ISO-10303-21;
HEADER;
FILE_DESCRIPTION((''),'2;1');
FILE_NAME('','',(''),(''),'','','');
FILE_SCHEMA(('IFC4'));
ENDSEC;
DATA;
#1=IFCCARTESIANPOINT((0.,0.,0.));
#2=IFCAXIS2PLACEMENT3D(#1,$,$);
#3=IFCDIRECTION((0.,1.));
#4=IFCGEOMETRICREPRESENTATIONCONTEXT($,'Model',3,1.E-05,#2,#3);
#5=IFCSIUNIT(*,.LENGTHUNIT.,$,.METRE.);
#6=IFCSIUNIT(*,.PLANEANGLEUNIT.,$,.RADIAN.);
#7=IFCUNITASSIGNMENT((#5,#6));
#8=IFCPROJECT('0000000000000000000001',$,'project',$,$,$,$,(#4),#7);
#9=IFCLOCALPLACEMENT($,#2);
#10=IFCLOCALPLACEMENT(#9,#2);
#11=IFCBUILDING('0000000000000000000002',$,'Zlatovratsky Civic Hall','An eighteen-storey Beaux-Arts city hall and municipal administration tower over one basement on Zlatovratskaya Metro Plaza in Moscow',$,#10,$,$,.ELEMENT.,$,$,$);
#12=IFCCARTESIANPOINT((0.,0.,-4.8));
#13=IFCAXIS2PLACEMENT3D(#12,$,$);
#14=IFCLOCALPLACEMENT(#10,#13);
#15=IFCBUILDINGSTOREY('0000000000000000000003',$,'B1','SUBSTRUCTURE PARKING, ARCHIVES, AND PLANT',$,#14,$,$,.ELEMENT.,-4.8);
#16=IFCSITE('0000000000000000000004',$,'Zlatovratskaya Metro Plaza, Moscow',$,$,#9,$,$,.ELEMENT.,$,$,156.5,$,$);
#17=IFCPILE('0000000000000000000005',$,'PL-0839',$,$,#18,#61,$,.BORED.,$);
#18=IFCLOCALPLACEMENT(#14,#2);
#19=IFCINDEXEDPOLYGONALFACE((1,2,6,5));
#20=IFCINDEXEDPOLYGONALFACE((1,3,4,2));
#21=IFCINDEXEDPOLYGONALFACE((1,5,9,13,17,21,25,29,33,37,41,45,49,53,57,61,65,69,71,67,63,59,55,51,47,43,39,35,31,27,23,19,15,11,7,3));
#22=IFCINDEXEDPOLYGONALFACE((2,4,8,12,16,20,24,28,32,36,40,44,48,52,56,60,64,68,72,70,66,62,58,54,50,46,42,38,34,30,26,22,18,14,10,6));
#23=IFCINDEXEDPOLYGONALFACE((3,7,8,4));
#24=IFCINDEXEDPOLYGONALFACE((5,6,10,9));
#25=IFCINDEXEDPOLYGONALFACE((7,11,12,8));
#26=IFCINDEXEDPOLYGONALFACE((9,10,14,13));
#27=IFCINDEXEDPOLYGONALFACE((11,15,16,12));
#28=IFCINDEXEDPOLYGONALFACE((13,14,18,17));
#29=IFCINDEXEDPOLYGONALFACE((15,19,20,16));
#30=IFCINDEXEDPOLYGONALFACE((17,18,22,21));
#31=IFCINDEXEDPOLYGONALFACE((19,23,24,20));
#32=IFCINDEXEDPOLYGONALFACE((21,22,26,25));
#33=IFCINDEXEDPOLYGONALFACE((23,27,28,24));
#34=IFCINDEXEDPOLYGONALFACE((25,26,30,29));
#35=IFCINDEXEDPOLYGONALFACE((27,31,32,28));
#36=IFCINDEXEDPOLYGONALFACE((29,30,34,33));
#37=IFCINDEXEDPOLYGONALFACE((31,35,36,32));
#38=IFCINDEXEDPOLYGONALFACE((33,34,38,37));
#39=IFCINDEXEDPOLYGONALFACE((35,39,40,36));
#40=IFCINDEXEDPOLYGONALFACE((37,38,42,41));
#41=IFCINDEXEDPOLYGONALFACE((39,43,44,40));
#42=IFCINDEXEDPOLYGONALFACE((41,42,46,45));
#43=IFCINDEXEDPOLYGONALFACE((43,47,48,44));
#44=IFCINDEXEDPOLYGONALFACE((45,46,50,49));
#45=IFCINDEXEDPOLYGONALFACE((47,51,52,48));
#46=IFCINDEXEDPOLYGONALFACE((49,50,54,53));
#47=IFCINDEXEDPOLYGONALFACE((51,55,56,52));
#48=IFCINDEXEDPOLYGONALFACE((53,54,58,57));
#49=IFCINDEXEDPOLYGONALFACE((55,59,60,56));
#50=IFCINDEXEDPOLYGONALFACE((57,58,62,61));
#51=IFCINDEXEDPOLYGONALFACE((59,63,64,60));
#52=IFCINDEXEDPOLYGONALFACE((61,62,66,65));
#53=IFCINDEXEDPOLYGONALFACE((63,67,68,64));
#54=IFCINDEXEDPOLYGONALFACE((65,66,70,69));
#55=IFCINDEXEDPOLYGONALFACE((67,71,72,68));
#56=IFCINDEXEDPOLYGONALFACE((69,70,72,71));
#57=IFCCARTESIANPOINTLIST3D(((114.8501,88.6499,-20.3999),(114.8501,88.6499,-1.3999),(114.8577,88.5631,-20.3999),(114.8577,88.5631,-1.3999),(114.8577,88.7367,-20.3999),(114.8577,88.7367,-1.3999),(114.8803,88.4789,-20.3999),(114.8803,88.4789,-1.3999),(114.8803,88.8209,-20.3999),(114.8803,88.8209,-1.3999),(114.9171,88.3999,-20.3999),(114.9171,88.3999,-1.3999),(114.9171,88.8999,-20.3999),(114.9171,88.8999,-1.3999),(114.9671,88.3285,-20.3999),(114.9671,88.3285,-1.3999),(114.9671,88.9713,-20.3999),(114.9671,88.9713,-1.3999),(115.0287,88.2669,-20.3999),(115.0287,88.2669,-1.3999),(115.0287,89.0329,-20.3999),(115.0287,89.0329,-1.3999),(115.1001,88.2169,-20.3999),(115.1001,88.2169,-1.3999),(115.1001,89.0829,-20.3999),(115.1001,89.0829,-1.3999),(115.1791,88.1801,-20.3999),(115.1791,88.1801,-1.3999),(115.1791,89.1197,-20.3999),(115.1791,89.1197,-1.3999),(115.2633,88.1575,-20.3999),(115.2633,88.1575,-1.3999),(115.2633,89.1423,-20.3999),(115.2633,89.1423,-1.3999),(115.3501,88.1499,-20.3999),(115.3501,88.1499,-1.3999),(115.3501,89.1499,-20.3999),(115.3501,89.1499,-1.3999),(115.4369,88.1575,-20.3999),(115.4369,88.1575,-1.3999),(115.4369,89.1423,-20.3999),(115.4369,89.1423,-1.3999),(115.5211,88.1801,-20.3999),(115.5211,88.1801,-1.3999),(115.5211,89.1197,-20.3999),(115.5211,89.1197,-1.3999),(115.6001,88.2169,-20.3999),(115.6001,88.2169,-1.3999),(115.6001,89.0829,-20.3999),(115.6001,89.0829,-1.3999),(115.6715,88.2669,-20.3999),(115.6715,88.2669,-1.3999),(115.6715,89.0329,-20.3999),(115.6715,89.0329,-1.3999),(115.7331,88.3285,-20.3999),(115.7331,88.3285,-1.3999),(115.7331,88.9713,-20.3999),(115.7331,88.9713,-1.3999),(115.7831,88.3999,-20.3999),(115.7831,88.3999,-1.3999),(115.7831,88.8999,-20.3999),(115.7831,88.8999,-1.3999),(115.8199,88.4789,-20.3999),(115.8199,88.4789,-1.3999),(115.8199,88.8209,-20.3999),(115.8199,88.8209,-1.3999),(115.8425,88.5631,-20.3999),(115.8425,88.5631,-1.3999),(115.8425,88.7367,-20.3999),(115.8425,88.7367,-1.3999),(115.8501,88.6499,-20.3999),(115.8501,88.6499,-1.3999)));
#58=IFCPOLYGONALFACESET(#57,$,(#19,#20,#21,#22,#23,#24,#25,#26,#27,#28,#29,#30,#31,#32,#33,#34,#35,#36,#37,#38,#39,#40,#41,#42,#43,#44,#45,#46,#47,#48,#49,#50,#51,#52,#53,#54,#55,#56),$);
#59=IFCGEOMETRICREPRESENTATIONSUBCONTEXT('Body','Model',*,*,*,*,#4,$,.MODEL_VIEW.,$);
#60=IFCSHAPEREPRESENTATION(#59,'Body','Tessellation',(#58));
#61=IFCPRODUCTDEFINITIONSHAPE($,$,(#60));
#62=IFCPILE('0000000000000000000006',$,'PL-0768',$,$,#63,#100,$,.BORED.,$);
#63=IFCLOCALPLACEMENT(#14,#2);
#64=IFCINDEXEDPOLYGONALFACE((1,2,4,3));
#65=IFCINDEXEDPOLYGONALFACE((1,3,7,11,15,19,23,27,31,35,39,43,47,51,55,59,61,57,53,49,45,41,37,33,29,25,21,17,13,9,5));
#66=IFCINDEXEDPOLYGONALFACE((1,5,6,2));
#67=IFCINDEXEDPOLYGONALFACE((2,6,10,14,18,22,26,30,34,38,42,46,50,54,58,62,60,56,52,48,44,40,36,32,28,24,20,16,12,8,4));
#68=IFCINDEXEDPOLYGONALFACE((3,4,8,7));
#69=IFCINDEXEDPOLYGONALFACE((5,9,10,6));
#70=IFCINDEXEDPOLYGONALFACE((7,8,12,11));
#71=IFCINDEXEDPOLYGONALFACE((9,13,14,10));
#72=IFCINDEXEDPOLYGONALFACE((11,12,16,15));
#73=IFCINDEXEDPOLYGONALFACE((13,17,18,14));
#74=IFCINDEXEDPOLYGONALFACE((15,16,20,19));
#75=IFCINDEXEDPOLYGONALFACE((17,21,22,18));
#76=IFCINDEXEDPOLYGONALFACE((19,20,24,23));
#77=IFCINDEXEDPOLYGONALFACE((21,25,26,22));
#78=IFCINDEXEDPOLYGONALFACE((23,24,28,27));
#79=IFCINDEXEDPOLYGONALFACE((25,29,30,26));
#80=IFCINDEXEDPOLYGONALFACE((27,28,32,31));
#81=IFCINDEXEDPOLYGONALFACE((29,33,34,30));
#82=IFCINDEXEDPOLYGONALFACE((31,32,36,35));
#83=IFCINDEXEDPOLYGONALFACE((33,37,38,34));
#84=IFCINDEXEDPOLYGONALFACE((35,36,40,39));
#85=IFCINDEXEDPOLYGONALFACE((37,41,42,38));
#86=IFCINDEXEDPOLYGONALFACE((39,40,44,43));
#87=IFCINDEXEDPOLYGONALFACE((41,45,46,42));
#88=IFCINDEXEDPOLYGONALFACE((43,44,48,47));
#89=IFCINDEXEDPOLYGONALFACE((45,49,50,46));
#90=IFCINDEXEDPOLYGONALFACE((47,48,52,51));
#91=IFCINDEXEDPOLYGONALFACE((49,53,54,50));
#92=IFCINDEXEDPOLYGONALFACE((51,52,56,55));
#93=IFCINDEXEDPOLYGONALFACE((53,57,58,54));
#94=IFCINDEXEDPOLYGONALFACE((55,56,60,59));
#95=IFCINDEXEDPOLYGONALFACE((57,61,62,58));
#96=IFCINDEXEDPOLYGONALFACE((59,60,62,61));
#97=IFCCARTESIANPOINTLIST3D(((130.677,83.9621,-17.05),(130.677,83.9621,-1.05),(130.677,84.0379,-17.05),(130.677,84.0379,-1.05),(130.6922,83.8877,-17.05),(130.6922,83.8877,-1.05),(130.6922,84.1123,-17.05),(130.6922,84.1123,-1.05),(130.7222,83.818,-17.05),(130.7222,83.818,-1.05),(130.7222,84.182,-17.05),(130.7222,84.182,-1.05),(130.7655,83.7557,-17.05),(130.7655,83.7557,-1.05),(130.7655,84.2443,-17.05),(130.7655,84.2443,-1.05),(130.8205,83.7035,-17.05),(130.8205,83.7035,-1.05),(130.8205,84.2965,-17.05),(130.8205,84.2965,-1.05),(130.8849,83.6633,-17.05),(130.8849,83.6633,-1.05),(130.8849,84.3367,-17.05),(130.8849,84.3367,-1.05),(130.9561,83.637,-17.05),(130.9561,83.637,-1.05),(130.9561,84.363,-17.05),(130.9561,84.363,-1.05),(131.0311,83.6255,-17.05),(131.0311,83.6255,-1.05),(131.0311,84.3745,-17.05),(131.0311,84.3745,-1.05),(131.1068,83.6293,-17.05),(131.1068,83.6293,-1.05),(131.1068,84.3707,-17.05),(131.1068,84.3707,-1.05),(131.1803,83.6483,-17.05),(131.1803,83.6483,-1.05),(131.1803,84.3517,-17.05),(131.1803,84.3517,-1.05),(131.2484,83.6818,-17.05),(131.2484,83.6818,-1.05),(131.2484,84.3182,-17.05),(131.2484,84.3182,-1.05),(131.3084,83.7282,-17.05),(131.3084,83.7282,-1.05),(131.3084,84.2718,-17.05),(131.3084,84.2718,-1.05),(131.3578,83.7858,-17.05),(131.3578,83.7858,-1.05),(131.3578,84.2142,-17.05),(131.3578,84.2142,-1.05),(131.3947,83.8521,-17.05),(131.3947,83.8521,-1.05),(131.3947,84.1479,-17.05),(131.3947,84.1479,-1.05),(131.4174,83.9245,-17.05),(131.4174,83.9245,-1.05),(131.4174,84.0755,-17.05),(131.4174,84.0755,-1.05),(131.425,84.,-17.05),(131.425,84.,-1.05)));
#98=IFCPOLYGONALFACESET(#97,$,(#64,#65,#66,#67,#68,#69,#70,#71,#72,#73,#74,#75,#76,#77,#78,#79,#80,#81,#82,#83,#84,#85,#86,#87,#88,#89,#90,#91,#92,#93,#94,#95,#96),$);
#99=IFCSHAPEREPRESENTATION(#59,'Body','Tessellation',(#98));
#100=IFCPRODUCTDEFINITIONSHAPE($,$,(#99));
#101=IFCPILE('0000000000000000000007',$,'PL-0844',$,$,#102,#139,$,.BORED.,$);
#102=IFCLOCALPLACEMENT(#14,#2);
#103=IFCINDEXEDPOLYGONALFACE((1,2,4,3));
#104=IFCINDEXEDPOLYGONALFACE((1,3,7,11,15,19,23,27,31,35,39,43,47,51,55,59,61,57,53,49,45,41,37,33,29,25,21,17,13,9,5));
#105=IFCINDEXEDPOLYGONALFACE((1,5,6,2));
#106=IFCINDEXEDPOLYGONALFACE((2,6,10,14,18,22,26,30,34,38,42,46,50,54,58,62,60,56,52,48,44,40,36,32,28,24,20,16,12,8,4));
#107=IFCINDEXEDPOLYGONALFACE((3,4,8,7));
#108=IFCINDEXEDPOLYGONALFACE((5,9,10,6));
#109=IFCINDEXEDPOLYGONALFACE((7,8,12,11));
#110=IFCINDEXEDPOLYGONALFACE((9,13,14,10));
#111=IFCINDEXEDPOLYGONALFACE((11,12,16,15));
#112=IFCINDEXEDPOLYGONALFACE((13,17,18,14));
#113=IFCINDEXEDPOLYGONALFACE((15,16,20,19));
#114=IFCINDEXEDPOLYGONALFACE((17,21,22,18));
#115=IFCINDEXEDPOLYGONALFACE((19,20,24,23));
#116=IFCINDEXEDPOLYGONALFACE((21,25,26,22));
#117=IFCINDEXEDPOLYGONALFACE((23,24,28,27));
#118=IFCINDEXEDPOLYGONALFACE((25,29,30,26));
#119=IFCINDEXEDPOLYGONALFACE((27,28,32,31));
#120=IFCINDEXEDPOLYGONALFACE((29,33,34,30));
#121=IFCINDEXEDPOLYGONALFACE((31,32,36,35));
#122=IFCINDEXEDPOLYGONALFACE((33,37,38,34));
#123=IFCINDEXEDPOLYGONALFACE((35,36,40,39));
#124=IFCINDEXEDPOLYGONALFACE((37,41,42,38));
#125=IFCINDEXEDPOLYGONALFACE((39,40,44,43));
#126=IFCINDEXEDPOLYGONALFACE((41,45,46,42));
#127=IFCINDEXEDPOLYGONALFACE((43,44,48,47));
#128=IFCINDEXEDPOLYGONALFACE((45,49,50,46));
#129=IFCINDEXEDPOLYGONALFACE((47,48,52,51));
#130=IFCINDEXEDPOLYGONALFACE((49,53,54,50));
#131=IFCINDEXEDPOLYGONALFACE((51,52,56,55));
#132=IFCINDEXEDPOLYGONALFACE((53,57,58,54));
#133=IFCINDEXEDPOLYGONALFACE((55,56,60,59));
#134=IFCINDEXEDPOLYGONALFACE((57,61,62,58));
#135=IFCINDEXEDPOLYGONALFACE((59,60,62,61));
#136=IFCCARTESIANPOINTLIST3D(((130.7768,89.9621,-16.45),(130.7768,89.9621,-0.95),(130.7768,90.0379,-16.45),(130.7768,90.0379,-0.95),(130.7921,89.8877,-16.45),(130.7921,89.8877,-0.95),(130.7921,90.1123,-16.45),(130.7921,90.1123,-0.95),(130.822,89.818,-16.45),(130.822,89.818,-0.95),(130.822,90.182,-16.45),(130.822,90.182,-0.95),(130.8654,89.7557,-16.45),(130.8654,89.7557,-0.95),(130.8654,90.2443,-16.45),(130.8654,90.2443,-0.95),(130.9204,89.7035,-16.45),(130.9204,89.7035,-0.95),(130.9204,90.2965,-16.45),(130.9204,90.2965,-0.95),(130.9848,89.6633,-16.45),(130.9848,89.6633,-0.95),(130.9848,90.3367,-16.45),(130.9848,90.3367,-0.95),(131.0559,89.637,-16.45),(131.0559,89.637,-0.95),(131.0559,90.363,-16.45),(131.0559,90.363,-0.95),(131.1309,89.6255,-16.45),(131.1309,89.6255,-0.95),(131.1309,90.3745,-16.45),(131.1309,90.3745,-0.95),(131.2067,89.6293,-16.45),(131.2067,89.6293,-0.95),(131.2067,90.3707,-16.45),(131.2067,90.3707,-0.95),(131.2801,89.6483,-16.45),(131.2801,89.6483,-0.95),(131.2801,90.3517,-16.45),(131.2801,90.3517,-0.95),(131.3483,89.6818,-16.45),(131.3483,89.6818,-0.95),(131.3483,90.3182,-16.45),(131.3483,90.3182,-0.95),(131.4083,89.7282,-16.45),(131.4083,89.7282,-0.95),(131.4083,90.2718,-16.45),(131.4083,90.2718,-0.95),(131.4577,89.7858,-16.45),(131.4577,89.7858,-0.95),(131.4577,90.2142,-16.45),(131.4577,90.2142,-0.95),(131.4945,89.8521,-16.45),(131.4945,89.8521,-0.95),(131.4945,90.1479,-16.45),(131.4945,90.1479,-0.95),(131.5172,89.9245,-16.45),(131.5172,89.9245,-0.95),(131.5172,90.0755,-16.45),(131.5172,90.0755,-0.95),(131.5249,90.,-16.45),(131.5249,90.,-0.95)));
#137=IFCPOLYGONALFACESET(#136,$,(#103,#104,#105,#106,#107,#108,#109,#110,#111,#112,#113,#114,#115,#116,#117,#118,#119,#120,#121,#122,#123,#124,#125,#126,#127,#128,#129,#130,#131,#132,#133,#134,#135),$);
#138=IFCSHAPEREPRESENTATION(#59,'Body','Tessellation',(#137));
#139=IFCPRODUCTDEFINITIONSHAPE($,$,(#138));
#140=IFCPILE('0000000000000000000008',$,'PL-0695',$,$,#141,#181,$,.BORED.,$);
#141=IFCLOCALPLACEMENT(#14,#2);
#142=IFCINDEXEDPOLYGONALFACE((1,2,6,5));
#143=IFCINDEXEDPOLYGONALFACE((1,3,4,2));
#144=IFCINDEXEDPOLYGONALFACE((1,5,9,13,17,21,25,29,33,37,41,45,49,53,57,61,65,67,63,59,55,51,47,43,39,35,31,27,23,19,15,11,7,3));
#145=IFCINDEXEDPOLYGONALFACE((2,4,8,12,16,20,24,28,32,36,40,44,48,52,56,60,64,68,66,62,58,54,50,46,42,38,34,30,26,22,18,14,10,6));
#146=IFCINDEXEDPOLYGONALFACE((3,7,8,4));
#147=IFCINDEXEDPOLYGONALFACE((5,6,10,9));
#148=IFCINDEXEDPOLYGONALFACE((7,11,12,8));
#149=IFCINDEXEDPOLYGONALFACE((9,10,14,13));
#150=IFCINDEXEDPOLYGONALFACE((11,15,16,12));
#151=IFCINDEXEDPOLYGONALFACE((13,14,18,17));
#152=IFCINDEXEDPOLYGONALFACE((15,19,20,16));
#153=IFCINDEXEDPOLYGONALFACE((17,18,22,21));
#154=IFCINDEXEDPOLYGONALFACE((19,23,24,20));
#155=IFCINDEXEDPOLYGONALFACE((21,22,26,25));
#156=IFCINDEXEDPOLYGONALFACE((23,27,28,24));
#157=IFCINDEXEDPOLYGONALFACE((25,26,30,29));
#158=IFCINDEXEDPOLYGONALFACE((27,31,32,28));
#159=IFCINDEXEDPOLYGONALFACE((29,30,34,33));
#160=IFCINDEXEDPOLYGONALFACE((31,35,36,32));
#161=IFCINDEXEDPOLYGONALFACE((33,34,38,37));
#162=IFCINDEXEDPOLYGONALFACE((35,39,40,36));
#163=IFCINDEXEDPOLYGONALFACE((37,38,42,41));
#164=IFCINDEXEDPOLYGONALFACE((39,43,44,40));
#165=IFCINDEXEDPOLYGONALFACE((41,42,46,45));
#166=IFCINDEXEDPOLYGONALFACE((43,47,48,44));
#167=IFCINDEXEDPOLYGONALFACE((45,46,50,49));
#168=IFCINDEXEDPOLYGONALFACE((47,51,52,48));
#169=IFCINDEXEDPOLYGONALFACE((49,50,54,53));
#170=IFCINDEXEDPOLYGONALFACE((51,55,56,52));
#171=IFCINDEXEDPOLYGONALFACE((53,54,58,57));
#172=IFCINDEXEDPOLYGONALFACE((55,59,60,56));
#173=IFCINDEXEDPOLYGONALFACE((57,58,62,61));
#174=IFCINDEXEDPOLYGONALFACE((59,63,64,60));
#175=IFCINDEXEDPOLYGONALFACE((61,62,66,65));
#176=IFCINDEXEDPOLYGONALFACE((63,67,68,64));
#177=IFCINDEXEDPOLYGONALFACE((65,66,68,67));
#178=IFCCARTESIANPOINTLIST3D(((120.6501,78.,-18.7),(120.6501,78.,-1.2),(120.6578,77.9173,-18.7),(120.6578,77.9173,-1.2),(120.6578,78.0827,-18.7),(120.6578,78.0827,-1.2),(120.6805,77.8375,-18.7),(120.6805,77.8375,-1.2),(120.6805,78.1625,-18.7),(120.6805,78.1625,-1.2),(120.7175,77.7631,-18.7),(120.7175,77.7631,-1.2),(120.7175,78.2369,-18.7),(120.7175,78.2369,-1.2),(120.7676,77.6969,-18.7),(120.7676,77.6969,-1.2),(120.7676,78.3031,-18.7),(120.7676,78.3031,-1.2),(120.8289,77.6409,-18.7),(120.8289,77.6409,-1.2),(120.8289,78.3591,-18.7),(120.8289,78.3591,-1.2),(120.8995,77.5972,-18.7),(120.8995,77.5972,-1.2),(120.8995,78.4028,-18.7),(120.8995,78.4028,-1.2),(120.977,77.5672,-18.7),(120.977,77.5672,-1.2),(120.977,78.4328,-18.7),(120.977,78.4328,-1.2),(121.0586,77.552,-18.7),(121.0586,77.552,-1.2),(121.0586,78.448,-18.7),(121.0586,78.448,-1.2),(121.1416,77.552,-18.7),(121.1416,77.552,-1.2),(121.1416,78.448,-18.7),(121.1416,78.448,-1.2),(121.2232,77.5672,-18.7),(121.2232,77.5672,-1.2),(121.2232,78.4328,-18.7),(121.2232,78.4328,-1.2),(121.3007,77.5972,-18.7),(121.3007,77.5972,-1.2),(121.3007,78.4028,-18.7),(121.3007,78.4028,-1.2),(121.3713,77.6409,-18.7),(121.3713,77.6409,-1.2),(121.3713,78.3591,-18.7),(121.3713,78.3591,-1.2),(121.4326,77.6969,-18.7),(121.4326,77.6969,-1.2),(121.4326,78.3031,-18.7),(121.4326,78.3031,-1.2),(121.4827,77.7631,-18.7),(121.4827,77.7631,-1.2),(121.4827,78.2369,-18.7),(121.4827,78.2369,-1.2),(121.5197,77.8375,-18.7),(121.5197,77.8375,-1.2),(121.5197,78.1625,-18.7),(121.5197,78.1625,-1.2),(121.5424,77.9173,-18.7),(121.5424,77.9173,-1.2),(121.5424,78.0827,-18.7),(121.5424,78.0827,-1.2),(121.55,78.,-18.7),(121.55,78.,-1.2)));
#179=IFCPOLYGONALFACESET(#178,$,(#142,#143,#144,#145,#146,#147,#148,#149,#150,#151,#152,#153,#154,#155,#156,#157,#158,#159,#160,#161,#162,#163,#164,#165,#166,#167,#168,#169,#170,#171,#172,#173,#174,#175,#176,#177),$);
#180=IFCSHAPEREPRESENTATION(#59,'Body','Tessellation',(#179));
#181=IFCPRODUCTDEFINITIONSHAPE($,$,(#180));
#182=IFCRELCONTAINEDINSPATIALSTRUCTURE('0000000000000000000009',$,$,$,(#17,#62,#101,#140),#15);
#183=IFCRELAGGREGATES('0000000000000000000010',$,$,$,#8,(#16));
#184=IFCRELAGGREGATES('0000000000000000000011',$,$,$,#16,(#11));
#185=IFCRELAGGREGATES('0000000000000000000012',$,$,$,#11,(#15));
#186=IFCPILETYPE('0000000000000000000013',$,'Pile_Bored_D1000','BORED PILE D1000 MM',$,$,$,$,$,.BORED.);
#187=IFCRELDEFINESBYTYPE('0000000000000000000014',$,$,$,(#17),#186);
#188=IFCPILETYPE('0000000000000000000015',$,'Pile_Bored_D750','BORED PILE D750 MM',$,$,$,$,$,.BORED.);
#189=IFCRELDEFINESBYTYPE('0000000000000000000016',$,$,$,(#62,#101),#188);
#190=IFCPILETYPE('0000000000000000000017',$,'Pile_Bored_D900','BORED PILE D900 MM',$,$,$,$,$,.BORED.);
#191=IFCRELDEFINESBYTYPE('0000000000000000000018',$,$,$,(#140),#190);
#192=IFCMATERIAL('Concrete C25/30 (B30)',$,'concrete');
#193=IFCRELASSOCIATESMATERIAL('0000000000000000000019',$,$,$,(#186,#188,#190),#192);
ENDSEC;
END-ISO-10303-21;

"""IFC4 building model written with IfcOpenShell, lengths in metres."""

from ifc_helpers import new_model, si_unit, direction, frame, origin, origin_2d, place, context, subcontext, project, spatial, circle, extrude, material, material_profile, profile_set, type_object, element, save


model = new_model("IFC4")

# Units and contexts
model_context = context("Model", 3, precision=1e-05, world=origin(), true_north=direction((0.0, 1.0)))
body_context = subcontext(model_context, "Body", "Model", "MODEL_VIEW")
ifc_project = project(units=[si_unit("LENGTHUNIT", "METRE"), si_unit("PLANEANGLEUNIT", "RADIAN")], contexts=[model_context])

# Site, building, storey
site_placement = place(None, origin())
site = spatial("IfcSite", under=ifc_project, at=site_placement, Name="Zlatovratskaya Metro Plaza, Moscow", CompositionType="ELEMENT", RefElevation=156.5)
building_placement = place(site_placement, origin())
building = spatial("IfcBuilding", under=site, at=building_placement, Name="Zlatovratsky Civic Hall", Description="An eighteen-storey Beaux-Arts city hall and municipal administration tower over one basement on Zlatovratskaya Metro Plaza in Moscow", CompositionType="ELEMENT")
storey_placement = place(building_placement, frame((0.0, 0.0, -4.8)))
storey = spatial("IfcBuildingStorey", under=building, at=storey_placement, Name="B1", Description="SUBSTRUCTURE PARKING, ARCHIVES, AND PLANT", CompositionType="ELEMENT", Elevation=-4.8)

# Shared definitions
ifc_material_1 = material(Name="Concrete C25/30 (B30)", Category="concrete")

# Piles
ifc_material_profile_1 = material_profile(ifc_material_1, circle(Radius=0.5, at=origin_2d()), Name="PILE D1000")
ifc_profile_set_1 = profile_set([ifc_material_profile_1], Name="Concrete C25/30 (B30)")
pile_type_1 = type_object("IfcPileType", Name="Pile_Bored_D1000", Description="BORED PILE D1000 MM", PredefinedType="BORED", material=ifc_profile_set_1)
for number, where, z_axis, x_axis, name in (
    (1, (115.3501, 88.6499, -1.3999), (0.0, 0.0, -1.0), (1.0, 0.0, 0.0), "PL-0839"),
):
    element("IfcPile", number, at=place(storey_placement, frame(where, z_axis=z_axis, x_axis=x_axis)), inside=storey, type_object=pile_type_1, Name=name, PredefinedType="BORED", context=body_context, shape_type="SweptSolid", body=[
        extrude(circle(Radius=0.5, at=origin_2d()), origin(), (0.0, 0.0, 1.0), 19.0),
    ])
ifc_material_profile_2 = material_profile(ifc_material_1, circle(Radius=0.375, at=origin_2d()), Name="PILE D750")
ifc_profile_set_2 = profile_set([ifc_material_profile_2], Name="Concrete C25/30 (B30)")
pile_type_2 = type_object("IfcPileType", Name="Pile_Bored_D750", Description="BORED PILE D750 MM", PredefinedType="BORED", material=ifc_profile_set_2)
pile_1_placement = place(storey_placement, frame((131.05, 84.0, -1.05), z_axis=(0.0, 0.0, -1.0), x_axis=(1.0, 0.0, 0.0)))
element("IfcPile", 2, at=pile_1_placement, inside=storey, type_object=pile_type_2, Name="PL-0768", PredefinedType="BORED", context=body_context, shape_type="SweptSolid", body=[
    extrude(circle(Radius=0.375, at=origin_2d()), origin(), (0.0, 0.0, 1.0), 16.0),
])
pile_2_placement = place(storey_placement, frame((131.1499, 90.0, -0.95), z_axis=(0.0, 0.0, -1.0), x_axis=(1.0, 0.0, 0.0)))
element("IfcPile", 3, at=pile_2_placement, inside=storey, type_object=pile_type_2, Name="PL-0844", PredefinedType="BORED", context=body_context, shape_type="SweptSolid", body=[
    extrude(circle(Radius=0.375, at=origin_2d()), origin(), (0.0, 0.0, 1.0), 15.5),
])
ifc_material_profile_3 = material_profile(ifc_material_1, circle(Radius=0.45, at=origin_2d()), Name="PILE D900")
ifc_profile_set_3 = profile_set([ifc_material_profile_3], Name="Concrete C25/30 (B30)")
pile_type_3 = type_object("IfcPileType", Name="Pile_Bored_D900", Description="BORED PILE D900 MM", PredefinedType="BORED", material=ifc_profile_set_3)
pile_3_placement = place(storey_placement, frame((121.1001, 78.0, -1.2), z_axis=(0.0, 0.0, -1.0), x_axis=(1.0, 0.0, 0.0)))
element("IfcPile", 4, at=pile_3_placement, inside=storey, type_object=pile_type_3, Name="PL-0695", PredefinedType="BORED", context=body_context, shape_type="SweptSolid", body=[
    extrude(circle(Radius=0.45, at=origin_2d()), origin(), (0.0, 0.0, 1.0), 17.5),
])

save(model, "model.ifc")
